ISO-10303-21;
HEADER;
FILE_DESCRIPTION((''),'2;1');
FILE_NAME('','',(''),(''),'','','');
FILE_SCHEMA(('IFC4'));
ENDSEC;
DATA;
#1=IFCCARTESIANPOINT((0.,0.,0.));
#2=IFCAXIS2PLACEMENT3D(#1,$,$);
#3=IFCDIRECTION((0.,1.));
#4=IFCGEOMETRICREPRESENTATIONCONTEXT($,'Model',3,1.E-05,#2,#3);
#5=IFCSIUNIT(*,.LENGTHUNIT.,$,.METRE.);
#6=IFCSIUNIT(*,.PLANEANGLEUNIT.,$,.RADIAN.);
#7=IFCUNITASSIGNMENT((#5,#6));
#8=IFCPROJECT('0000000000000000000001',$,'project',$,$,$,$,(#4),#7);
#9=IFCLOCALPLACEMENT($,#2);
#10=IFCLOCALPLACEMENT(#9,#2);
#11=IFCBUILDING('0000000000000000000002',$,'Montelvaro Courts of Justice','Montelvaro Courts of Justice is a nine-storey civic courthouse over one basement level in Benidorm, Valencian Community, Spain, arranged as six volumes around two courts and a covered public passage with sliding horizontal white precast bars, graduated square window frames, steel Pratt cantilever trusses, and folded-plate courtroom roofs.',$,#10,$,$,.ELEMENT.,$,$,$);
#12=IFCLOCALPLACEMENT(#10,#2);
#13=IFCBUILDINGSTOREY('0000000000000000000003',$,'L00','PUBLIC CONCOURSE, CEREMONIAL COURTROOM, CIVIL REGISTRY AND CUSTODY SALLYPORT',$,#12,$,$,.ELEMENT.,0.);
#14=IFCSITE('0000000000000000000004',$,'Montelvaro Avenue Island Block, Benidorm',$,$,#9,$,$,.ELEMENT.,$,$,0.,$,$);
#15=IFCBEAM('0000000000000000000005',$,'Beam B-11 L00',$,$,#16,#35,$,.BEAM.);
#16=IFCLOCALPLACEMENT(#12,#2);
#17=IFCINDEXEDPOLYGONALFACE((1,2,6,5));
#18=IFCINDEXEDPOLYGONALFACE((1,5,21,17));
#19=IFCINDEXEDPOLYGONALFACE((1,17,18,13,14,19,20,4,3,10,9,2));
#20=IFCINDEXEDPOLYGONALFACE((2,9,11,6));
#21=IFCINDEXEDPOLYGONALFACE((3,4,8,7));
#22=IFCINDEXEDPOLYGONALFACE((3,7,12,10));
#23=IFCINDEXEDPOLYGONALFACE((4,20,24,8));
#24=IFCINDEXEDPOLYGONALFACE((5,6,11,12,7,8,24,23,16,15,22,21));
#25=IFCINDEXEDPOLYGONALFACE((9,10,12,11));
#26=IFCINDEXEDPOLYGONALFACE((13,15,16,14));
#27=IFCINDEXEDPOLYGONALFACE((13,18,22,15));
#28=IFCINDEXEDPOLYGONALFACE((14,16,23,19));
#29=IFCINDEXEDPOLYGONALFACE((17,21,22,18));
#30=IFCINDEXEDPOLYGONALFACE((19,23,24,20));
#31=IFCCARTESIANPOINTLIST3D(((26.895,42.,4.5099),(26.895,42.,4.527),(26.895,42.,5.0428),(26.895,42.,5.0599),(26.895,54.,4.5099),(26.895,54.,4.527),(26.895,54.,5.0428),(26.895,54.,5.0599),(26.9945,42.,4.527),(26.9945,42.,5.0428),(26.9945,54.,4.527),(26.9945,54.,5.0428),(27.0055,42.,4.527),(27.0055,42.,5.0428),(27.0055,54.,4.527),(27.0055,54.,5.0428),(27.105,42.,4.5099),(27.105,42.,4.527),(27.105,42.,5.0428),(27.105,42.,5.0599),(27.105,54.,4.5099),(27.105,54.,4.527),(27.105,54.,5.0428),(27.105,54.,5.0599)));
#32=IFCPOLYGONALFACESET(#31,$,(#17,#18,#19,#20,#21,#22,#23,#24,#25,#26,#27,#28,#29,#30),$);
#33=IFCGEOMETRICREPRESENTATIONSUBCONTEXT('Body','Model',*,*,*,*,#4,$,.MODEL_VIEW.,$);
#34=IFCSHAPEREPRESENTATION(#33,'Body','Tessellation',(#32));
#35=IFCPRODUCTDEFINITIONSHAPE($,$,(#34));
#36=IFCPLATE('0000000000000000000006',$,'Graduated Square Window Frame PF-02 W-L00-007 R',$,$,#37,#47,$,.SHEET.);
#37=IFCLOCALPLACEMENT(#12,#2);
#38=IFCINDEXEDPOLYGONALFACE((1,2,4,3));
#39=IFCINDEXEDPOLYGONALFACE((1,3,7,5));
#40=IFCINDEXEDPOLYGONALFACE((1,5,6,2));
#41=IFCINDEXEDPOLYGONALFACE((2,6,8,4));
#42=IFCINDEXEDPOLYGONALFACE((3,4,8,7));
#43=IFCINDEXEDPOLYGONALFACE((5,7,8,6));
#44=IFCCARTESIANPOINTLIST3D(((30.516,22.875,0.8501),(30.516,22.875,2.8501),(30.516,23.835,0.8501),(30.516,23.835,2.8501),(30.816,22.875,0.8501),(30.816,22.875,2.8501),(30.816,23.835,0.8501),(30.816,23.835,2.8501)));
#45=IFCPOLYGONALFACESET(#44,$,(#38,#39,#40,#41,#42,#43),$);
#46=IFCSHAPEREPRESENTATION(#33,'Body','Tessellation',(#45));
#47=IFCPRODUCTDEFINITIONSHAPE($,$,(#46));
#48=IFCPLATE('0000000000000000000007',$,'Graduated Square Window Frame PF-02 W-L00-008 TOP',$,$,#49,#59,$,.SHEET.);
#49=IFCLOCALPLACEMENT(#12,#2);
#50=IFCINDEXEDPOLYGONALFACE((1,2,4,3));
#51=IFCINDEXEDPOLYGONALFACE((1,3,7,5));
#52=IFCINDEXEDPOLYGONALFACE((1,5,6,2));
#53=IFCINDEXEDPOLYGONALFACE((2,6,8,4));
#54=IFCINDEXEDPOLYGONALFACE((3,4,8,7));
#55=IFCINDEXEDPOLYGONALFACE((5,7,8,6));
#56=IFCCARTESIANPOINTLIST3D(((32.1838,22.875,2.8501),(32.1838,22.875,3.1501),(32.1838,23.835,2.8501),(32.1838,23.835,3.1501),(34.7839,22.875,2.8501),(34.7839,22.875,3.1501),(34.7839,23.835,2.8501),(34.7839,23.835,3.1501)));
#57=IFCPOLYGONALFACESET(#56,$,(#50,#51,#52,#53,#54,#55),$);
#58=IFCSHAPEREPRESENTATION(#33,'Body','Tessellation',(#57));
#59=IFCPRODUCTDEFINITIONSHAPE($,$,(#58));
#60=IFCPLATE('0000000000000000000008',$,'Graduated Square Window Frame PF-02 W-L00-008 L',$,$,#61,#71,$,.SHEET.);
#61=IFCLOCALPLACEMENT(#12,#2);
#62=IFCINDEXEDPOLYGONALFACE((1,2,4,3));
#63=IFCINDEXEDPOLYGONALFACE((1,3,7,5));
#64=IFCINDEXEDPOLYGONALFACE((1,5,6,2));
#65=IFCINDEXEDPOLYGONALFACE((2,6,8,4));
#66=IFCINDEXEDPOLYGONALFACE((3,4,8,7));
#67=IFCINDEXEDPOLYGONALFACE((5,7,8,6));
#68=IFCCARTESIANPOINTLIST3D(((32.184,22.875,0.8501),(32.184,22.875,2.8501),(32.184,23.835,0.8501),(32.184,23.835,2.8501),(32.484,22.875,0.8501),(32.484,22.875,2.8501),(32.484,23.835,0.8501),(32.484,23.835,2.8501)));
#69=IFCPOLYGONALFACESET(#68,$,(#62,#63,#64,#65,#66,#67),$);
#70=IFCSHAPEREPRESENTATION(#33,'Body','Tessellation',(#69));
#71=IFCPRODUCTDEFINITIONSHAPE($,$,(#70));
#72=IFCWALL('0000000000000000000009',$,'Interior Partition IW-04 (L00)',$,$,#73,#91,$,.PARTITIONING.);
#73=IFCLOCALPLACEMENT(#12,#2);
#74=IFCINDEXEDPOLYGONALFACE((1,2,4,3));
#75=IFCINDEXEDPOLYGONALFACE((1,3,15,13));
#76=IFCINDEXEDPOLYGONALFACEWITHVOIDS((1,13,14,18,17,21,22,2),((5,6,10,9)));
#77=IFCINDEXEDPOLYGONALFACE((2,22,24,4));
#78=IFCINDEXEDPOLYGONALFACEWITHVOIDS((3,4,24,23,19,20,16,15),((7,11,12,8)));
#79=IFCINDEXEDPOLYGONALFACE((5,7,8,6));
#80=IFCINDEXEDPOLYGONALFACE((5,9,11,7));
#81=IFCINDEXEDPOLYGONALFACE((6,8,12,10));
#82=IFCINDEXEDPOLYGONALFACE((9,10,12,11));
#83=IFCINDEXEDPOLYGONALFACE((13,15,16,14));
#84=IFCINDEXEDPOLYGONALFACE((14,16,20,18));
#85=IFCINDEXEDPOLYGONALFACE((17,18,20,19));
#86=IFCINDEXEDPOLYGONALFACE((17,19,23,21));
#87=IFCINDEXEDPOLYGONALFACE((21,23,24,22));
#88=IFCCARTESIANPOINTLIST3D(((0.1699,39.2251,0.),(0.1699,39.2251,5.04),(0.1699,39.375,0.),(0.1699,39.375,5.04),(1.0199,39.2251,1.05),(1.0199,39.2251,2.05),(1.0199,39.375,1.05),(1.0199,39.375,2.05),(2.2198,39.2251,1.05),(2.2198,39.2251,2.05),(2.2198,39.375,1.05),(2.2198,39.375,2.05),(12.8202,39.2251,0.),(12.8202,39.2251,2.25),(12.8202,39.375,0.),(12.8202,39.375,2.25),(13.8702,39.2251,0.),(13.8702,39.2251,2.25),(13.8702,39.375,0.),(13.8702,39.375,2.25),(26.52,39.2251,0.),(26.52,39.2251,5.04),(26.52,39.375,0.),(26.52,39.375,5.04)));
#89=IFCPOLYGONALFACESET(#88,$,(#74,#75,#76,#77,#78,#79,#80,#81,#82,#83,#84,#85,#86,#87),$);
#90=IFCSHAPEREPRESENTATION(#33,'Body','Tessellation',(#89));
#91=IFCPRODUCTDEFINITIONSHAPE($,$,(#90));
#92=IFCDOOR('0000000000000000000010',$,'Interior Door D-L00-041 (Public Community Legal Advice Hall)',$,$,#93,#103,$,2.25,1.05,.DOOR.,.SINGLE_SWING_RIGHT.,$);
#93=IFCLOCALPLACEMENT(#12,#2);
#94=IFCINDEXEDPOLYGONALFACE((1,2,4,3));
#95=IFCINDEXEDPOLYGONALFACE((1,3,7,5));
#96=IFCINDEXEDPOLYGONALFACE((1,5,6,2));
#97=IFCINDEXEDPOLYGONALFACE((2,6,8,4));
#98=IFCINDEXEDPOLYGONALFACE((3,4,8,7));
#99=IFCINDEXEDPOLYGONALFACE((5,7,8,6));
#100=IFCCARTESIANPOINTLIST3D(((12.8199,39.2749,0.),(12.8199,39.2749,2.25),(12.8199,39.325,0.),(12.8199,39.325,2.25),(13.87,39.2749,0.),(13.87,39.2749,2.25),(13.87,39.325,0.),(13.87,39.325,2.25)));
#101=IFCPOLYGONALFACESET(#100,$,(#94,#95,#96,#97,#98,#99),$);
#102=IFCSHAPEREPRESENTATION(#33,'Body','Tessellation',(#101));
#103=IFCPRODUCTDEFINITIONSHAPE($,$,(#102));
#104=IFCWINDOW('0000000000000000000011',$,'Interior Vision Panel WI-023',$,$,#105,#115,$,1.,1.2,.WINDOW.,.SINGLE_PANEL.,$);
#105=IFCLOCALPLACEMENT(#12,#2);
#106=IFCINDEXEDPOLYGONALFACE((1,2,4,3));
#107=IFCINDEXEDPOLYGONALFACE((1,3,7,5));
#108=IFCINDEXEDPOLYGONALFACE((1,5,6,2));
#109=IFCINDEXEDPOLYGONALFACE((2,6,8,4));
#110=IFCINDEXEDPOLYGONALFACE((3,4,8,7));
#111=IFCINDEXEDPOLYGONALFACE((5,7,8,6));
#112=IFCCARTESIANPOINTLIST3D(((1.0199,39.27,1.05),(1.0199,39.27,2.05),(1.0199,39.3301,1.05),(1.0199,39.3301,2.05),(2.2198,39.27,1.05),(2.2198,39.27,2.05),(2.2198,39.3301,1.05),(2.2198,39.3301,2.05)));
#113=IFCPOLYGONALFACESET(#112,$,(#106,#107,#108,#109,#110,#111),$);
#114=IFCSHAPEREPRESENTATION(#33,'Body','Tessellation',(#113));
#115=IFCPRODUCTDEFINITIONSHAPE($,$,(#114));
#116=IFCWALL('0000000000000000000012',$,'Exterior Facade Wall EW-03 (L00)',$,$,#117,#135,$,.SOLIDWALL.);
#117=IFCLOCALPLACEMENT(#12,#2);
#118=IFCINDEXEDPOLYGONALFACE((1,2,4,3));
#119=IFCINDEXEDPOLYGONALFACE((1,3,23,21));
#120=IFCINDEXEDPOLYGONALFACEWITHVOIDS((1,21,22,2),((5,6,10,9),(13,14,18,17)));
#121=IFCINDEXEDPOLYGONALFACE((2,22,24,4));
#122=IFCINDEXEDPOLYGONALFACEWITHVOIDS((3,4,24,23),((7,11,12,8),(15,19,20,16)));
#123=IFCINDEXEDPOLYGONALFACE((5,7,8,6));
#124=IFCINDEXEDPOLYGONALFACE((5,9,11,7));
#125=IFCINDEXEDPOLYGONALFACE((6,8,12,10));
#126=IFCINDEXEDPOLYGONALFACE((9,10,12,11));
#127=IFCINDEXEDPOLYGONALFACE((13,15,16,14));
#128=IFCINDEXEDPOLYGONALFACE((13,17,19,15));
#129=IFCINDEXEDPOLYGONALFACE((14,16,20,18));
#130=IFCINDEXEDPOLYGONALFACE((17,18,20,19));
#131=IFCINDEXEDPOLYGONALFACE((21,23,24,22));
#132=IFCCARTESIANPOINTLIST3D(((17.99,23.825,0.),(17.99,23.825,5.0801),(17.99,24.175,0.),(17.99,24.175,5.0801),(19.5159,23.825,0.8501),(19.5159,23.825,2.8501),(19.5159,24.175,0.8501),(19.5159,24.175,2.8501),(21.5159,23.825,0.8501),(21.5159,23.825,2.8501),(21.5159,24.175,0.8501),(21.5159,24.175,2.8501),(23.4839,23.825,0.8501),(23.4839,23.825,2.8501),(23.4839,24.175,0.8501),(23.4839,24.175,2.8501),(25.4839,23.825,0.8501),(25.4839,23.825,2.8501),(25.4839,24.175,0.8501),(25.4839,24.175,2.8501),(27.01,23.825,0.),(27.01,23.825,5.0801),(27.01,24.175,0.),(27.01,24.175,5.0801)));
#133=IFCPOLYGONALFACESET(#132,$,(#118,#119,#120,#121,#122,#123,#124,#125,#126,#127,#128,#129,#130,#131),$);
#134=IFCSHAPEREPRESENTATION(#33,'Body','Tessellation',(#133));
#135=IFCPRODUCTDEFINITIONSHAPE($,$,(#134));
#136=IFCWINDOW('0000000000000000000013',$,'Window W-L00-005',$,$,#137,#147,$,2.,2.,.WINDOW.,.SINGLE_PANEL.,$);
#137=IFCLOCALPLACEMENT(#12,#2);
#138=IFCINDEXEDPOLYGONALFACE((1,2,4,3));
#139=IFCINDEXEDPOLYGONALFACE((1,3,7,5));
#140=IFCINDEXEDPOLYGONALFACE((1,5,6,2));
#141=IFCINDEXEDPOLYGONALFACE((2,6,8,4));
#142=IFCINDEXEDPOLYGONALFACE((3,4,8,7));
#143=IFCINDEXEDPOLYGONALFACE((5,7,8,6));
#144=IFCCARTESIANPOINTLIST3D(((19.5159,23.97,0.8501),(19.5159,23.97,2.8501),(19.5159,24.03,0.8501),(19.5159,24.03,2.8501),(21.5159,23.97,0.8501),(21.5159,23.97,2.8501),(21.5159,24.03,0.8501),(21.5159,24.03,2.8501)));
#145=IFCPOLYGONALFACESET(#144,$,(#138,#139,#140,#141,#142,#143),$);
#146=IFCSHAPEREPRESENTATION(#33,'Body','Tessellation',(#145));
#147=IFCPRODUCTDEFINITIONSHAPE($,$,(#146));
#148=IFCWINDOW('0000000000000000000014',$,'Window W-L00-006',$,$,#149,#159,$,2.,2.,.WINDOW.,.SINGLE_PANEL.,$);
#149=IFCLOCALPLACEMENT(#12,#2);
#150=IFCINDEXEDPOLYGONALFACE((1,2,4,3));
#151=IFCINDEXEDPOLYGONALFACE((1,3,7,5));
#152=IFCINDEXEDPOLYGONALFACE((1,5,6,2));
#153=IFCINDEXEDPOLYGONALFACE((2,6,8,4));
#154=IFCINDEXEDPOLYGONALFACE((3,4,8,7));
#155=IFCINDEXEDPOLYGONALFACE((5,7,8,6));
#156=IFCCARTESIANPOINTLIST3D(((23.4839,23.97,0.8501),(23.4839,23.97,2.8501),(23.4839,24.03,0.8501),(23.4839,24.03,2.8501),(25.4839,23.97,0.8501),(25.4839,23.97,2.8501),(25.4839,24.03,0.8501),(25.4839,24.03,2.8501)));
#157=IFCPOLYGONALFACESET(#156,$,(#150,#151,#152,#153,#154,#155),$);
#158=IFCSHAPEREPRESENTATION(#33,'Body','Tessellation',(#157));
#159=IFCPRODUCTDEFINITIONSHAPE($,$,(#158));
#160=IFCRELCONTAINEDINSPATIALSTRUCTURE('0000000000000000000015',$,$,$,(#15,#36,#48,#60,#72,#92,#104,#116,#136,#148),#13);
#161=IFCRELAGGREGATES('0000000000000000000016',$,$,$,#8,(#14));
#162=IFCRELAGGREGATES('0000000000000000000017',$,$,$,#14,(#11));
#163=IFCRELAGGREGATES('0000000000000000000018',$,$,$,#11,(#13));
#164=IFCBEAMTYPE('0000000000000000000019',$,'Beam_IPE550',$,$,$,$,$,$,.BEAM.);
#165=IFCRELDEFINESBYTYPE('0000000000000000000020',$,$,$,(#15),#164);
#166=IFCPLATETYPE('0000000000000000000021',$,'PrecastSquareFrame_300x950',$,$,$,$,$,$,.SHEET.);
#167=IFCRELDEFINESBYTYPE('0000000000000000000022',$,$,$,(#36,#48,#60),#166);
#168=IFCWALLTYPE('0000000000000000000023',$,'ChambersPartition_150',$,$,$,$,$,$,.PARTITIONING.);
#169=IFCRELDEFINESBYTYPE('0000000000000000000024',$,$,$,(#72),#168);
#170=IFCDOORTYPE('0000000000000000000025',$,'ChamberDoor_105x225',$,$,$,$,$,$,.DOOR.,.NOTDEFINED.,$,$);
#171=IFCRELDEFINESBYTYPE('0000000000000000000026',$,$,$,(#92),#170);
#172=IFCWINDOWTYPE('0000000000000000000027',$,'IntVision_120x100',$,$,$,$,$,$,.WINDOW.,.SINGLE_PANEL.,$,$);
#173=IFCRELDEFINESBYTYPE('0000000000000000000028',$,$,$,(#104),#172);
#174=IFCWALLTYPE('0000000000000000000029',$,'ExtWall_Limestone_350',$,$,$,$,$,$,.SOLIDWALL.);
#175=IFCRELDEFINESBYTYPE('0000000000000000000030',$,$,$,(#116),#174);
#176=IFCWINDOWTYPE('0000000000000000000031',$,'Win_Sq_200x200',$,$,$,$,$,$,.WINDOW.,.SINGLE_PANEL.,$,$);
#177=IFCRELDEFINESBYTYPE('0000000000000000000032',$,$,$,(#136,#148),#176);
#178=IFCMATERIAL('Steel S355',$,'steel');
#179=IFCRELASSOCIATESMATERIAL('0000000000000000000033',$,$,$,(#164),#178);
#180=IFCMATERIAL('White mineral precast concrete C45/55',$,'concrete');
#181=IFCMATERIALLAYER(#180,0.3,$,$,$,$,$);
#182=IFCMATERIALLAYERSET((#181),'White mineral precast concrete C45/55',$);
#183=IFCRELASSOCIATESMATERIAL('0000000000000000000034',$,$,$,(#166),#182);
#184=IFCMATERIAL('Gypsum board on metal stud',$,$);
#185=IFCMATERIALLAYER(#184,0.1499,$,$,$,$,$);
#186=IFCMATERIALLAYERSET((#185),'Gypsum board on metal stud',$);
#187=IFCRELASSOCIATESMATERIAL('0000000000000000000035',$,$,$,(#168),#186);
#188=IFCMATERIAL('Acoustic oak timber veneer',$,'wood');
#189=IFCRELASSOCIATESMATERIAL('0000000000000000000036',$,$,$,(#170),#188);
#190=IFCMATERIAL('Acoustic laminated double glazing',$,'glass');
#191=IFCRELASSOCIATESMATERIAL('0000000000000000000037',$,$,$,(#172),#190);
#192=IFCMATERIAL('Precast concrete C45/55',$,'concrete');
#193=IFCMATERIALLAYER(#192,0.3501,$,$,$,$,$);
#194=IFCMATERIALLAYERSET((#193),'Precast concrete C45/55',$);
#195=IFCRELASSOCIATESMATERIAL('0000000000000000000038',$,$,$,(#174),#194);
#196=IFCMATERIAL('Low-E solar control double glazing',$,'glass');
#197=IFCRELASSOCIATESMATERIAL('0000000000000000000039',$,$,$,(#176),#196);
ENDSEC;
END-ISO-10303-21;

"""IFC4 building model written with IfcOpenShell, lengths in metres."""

from ifc_helpers import new_model, si_unit, direction, frame, frame_2d, origin, origin_2d, place, context, subcontext, project, spatial, rectangle, i_section, extrude, material, layer, layer_set, material_profile, profile_set, type_object, element, fill, save


model = new_model("IFC4")

# Units and contexts
model_context = context("Model", 3, precision=1e-05, world=origin(), true_north=direction((0.0, 1.0)))
body_context = subcontext(model_context, "Body", "Model", "MODEL_VIEW")
ifc_project = project(units=[si_unit("LENGTHUNIT", "METRE"), si_unit("PLANEANGLEUNIT", "RADIAN")], contexts=[model_context])

# Site, building, storey
site_placement = place(None, origin())
site = spatial("IfcSite", under=ifc_project, at=site_placement, Name="Montelvaro Avenue Island Block, Benidorm", CompositionType="ELEMENT", RefElevation=0.0)
building_placement = place(site_placement, origin())
building = spatial("IfcBuilding", under=site, at=building_placement, Name="Montelvaro Courts of Justice", Description="Montelvaro Courts of Justice is a nine-storey civic courthouse over one basement level in Benidorm, Valencian Community, Spain, arranged as six volumes around two courts and a covered public passage with sliding horizontal white precast bars, graduated square window frames, steel Pratt cantilever trusses, and folded-plate courtroom roofs.", CompositionType="ELEMENT")
storey_placement = place(building_placement, origin())
storey = spatial("IfcBuildingStorey", under=building, at=storey_placement, Name="L00", Description="PUBLIC CONCOURSE, CEREMONIAL COURTROOM, CIVIL REGISTRY AND CUSTODY SALLYPORT", CompositionType="ELEMENT", Elevation=0.0)

# Shared definitions
ifc_material_1 = material(Name="Steel S355", Category="steel")

# Beam
ifc_material_profile_1 = material_profile(ifc_material_1, i_section(OverallWidth=0.21, OverallDepth=0.55, WebThickness=0.011, FlangeThickness=0.0171, at=origin_2d()), Name="IPE 550")
ifc_profile_set_1 = profile_set([ifc_material_profile_1], Name="Steel S355")
beam_type_1 = type_object("IfcBeamType", Name="Beam_IPE550", PredefinedType="BEAM", material=ifc_profile_set_1)
beam_1_placement = place(storey_placement, frame((27.0, 42.0, 4.7849), z_axis=(0.0, 1.0, 0.0), x_axis=(-1.0, 0.0, 0.0)))
element("IfcBeam", 1, at=beam_1_placement, inside=storey, type_object=beam_type_1, Name="Beam B-11 L00", PredefinedType="BEAM", context=body_context, shape_type="SweptSolid", body=[
    extrude(i_section(OverallWidth=0.21, OverallDepth=0.55, WebThickness=0.011, FlangeThickness=0.0171, at=origin_2d()), origin(), (0.0, 0.0, 1.0), 12.0),
])

# Plates
ifc_material_2 = material(Name="White mineral precast concrete C45/55", Category="concrete")
ifc_layer_1 = layer(ifc_material_2, 0.3)
ifc_layer_set_1 = layer_set([ifc_layer_1], Name="White mineral precast concrete C45/55")
plate_type = type_object("IfcPlateType", Name="PrecastSquareFrame_300x950", PredefinedType="SHEET", material=ifc_layer_set_1)
plate_1_placement = place(storey_placement, frame((30.666, 23.355, 0.8501), z_axis=(0.0, 0.0, 1.0), x_axis=(1.0, 0.0, 0.0)))
element("IfcPlate", 2, at=plate_1_placement, inside=storey, type_object=plate_type, Name="Graduated Square Window Frame PF-02 W-L00-007 R", PredefinedType="SHEET", context=body_context, shape_type="SweptSolid", body=[
    extrude(rectangle(XDim=0.3, YDim=0.96, at=origin_2d()), origin(), (0.0, 0.0, 1.0), 2.0),
])
plate_2_placement = place(storey_placement, frame((33.4839, 23.355, 2.8501), z_axis=(0.0, 0.0, 1.0), x_axis=(1.0, 0.0, 0.0)))
element("IfcPlate", 3, at=plate_2_placement, inside=storey, type_object=plate_type, Name="Graduated Square Window Frame PF-02 W-L00-008 TOP", PredefinedType="SHEET", context=body_context, shape_type="SweptSolid", body=[
    extrude(rectangle(XDim=2.6001, YDim=0.96, at=origin_2d()), origin(), (0.0, 0.0, 1.0), 0.3),
])
plate_3_placement = place(storey_placement, frame((32.334, 23.355, 0.8501), z_axis=(0.0, 0.0, 1.0), x_axis=(1.0, 0.0, 0.0)))
element("IfcPlate", 4, at=plate_3_placement, inside=storey, type_object=plate_type, Name="Graduated Square Window Frame PF-02 W-L00-008 L", PredefinedType="SHEET", context=body_context, shape_type="SweptSolid", body=[
    extrude(rectangle(XDim=0.3, YDim=0.96, at=origin_2d()), origin(), (0.0, 0.0, 1.0), 2.0),
])

# Wall, openings, door, window
ifc_material_3 = material(Name="Gypsum board on metal stud")
ifc_layer_2 = layer(ifc_material_3, 0.1499)
ifc_layer_set_2 = layer_set([ifc_layer_2], Name="Gypsum board on metal stud")
wall_type_1 = type_object("IfcWallType", Name="ChambersPartition_150", PredefinedType="PARTITIONING", material=ifc_layer_set_2)
wall_1_placement = place(storey_placement, frame((26.52, 39.3, 0.0), z_axis=(0.0, 0.0, 1.0), x_axis=(-1.0, 0.0, 0.0)))
wall_1 = element("IfcWall", 5, at=wall_1_placement, inside=storey, type_object=wall_type_1, Name="Interior Partition IW-04 (L00)", PredefinedType="PARTITIONING", context=body_context, shape_type="SweptSolid", body=[
    extrude(rectangle(XDim=26.3501, YDim=0.1499, at=frame_2d((13.175, 0.0))), origin(), (0.0, 0.0, 1.0), 5.04),
])
opening_1_placement = place(wall_1_placement, frame((12.6499, 0.0, 0.0)))
opening_1 = element("IfcOpeningElement", 6, at=opening_1_placement, cuts=wall_1, PredefinedType="OPENING", context=body_context, shape_type="SweptSolid", body=[
    extrude(rectangle(XDim=1.05, YDim=2.25, at=frame_2d((0.5249, 1.125))), frame((0.0, 0.0898, 0.0), z_axis=(0.0, -1.0, 0.0), x_axis=(1.0, 0.0, 0.0)), (0.0, 0.0, 1.0), 0.1797),
])
opening_2_placement = place(wall_1_placement, frame((24.3, 0.0, 1.05)))
opening_2 = element("IfcOpeningElement", 7, at=opening_2_placement, cuts=wall_1, PredefinedType="OPENING", context=body_context, shape_type="SweptSolid", body=[
    extrude(rectangle(XDim=1.2, YDim=1.0, at=frame_2d((0.6001, 0.5))), frame((0.0, 0.0898, 0.0), z_axis=(0.0, -1.0, 0.0), x_axis=(1.0, 0.0, 0.0)), (0.0, 0.0, 1.0), 0.1797),
])
ifc_material_4 = material(Name="Acoustic oak timber veneer", Category="wood")
door_type = type_object("IfcDoorType", Name="ChamberDoor_105x225", OperationType="NOTDEFINED", PredefinedType="DOOR", material=ifc_material_4)
door_placement = place(opening_1_placement, frame((1.05, 0.0, 0.0), z_axis=(0.0, 0.0, 1.0), x_axis=(-1.0, 0.0, 0.0)))
door = element("IfcDoor", 8, at=door_placement, inside=storey, type_object=door_type, Name="Interior Door D-L00-041 (Public Community Legal Advice Hall)", OperationType="SINGLE_SWING_RIGHT", OverallHeight=2.25, OverallWidth=1.05, PredefinedType="DOOR", context=body_context, shape_type="SweptSolid", body=[
    extrude(rectangle(XDim=1.05, YDim=2.25, at=frame_2d((0.5249, 1.125))), frame((0.0, 0.0249, 0.0), z_axis=(0.0, -1.0, 0.0), x_axis=(1.0, 0.0, 0.0)), (0.0, 0.0, 1.0), 0.05),
])
fill(opening_1, door)
ifc_material_5 = material(Name="Acoustic laminated double glazing", Category="glass")
window_type_1 = type_object("IfcWindowType", Name="IntVision_120x100", PartitioningType="SINGLE_PANEL", PredefinedType="WINDOW", material=ifc_material_5)
window_1_placement = place(opening_2_placement, origin())
window_1 = element("IfcWindow", 9, at=window_1_placement, inside=storey, type_object=window_type_1, Name="Interior Vision Panel WI-023", OverallHeight=1.0, OverallWidth=1.2, PartitioningType="SINGLE_PANEL", PredefinedType="WINDOW", context=body_context, shape_type="SweptSolid", body=[
    extrude(rectangle(XDim=1.2, YDim=1.0, at=frame_2d((0.6001, 0.5))), frame((0.0, 0.03, 0.0), z_axis=(0.0, -1.0, 0.0), x_axis=(1.0, 0.0, 0.0)), (0.0, 0.0, 1.0), 0.0601),
])
fill(opening_2, window_1)

# Wall, openings, windows
ifc_material_6 = material(Name="Precast concrete C45/55", Category="concrete")
ifc_layer_3 = layer(ifc_material_6, 0.3501)
ifc_layer_set_3 = layer_set([ifc_layer_3], Name="Precast concrete C45/55")
wall_type_2 = type_object("IfcWallType", Name="ExtWall_Limestone_350", PredefinedType="SOLIDWALL", material=ifc_layer_set_3)
wall_2_placement = place(storey_placement, frame((17.99, 24.0, 0.0), z_axis=(0.0, 0.0, 1.0), x_axis=(1.0, 0.0, 0.0)))
wall_2 = element("IfcWall", 10, at=wall_2_placement, inside=storey, type_object=wall_type_2, Name="Exterior Facade Wall EW-03 (L00)", PredefinedType="SOLIDWALL", context=body_context, shape_type="SweptSolid", body=[
    extrude(rectangle(XDim=9.02, YDim=0.3501, at=frame_2d((4.51, 0.0))), origin(), (0.0, 0.0, 1.0), 5.0801),
])
opening_3_placement = place(wall_2_placement, frame((1.5259, 0.0, 0.8501)))
opening_3 = element("IfcOpeningElement", 11, at=opening_3_placement, cuts=wall_2, PredefinedType="OPENING", context=body_context, shape_type="SweptSolid", body=[
    extrude(rectangle(XDim=2.0, YDim=2.0, at=frame_2d((1.0, 1.0))), frame((0.0, 0.1899, 0.0), z_axis=(0.0, -1.0, 0.0), x_axis=(1.0, 0.0, 0.0)), (0.0, 0.0, 1.0), 0.3799),
])
opening_4_placement = place(wall_2_placement, frame((5.4939, 0.0, 0.8501)))
opening_4 = element("IfcOpeningElement", 12, at=opening_4_placement, cuts=wall_2, PredefinedType="OPENING", context=body_context, shape_type="SweptSolid", body=[
    extrude(rectangle(XDim=2.0, YDim=2.0, at=frame_2d((1.0, 1.0))), frame((0.0, 0.1899, 0.0), z_axis=(0.0, -1.0, 0.0), x_axis=(1.0, 0.0, 0.0)), (0.0, 0.0, 1.0), 0.3799),
])
ifc_material_7 = material(Name="Low-E solar control double glazing", Category="glass")
window_type_2 = type_object("IfcWindowType", Name="Win_Sq_200x200", PartitioningType="SINGLE_PANEL", PredefinedType="WINDOW", material=ifc_material_7)
window_2_placement = place(opening_3_placement, origin())
window_2 = element("IfcWindow", 13, at=window_2_placement, inside=storey, type_object=window_type_2, Name="Window W-L00-005", OverallHeight=2.0, OverallWidth=2.0, PartitioningType="SINGLE_PANEL", PredefinedType="WINDOW", context=body_context, shape_type="SweptSolid", body=[
    extrude(rectangle(XDim=2.0, YDim=2.0, at=frame_2d((1.0, 1.0))), frame((0.0, 0.03, 0.0), z_axis=(0.0, -1.0, 0.0), x_axis=(1.0, 0.0, 0.0)), (0.0, 0.0, 1.0), 0.0601),
])
fill(opening_3, window_2)
window_3_placement = place(opening_4_placement, origin())
window_3 = element("IfcWindow", 14, at=window_3_placement, inside=storey, type_object=window_type_2, Name="Window W-L00-006", OverallHeight=2.0, OverallWidth=2.0, PartitioningType="SINGLE_PANEL", PredefinedType="WINDOW", context=body_context, shape_type="SweptSolid", body=[
    extrude(rectangle(XDim=2.0, YDim=2.0, at=frame_2d((1.0, 1.0))), frame((0.0, 0.03, 0.0), z_axis=(0.0, -1.0, 0.0), x_axis=(1.0, 0.0, 0.0)), (0.0, 0.0, 1.0), 0.0601),
])
fill(opening_4, window_3)

save(model, "model.ifc")
